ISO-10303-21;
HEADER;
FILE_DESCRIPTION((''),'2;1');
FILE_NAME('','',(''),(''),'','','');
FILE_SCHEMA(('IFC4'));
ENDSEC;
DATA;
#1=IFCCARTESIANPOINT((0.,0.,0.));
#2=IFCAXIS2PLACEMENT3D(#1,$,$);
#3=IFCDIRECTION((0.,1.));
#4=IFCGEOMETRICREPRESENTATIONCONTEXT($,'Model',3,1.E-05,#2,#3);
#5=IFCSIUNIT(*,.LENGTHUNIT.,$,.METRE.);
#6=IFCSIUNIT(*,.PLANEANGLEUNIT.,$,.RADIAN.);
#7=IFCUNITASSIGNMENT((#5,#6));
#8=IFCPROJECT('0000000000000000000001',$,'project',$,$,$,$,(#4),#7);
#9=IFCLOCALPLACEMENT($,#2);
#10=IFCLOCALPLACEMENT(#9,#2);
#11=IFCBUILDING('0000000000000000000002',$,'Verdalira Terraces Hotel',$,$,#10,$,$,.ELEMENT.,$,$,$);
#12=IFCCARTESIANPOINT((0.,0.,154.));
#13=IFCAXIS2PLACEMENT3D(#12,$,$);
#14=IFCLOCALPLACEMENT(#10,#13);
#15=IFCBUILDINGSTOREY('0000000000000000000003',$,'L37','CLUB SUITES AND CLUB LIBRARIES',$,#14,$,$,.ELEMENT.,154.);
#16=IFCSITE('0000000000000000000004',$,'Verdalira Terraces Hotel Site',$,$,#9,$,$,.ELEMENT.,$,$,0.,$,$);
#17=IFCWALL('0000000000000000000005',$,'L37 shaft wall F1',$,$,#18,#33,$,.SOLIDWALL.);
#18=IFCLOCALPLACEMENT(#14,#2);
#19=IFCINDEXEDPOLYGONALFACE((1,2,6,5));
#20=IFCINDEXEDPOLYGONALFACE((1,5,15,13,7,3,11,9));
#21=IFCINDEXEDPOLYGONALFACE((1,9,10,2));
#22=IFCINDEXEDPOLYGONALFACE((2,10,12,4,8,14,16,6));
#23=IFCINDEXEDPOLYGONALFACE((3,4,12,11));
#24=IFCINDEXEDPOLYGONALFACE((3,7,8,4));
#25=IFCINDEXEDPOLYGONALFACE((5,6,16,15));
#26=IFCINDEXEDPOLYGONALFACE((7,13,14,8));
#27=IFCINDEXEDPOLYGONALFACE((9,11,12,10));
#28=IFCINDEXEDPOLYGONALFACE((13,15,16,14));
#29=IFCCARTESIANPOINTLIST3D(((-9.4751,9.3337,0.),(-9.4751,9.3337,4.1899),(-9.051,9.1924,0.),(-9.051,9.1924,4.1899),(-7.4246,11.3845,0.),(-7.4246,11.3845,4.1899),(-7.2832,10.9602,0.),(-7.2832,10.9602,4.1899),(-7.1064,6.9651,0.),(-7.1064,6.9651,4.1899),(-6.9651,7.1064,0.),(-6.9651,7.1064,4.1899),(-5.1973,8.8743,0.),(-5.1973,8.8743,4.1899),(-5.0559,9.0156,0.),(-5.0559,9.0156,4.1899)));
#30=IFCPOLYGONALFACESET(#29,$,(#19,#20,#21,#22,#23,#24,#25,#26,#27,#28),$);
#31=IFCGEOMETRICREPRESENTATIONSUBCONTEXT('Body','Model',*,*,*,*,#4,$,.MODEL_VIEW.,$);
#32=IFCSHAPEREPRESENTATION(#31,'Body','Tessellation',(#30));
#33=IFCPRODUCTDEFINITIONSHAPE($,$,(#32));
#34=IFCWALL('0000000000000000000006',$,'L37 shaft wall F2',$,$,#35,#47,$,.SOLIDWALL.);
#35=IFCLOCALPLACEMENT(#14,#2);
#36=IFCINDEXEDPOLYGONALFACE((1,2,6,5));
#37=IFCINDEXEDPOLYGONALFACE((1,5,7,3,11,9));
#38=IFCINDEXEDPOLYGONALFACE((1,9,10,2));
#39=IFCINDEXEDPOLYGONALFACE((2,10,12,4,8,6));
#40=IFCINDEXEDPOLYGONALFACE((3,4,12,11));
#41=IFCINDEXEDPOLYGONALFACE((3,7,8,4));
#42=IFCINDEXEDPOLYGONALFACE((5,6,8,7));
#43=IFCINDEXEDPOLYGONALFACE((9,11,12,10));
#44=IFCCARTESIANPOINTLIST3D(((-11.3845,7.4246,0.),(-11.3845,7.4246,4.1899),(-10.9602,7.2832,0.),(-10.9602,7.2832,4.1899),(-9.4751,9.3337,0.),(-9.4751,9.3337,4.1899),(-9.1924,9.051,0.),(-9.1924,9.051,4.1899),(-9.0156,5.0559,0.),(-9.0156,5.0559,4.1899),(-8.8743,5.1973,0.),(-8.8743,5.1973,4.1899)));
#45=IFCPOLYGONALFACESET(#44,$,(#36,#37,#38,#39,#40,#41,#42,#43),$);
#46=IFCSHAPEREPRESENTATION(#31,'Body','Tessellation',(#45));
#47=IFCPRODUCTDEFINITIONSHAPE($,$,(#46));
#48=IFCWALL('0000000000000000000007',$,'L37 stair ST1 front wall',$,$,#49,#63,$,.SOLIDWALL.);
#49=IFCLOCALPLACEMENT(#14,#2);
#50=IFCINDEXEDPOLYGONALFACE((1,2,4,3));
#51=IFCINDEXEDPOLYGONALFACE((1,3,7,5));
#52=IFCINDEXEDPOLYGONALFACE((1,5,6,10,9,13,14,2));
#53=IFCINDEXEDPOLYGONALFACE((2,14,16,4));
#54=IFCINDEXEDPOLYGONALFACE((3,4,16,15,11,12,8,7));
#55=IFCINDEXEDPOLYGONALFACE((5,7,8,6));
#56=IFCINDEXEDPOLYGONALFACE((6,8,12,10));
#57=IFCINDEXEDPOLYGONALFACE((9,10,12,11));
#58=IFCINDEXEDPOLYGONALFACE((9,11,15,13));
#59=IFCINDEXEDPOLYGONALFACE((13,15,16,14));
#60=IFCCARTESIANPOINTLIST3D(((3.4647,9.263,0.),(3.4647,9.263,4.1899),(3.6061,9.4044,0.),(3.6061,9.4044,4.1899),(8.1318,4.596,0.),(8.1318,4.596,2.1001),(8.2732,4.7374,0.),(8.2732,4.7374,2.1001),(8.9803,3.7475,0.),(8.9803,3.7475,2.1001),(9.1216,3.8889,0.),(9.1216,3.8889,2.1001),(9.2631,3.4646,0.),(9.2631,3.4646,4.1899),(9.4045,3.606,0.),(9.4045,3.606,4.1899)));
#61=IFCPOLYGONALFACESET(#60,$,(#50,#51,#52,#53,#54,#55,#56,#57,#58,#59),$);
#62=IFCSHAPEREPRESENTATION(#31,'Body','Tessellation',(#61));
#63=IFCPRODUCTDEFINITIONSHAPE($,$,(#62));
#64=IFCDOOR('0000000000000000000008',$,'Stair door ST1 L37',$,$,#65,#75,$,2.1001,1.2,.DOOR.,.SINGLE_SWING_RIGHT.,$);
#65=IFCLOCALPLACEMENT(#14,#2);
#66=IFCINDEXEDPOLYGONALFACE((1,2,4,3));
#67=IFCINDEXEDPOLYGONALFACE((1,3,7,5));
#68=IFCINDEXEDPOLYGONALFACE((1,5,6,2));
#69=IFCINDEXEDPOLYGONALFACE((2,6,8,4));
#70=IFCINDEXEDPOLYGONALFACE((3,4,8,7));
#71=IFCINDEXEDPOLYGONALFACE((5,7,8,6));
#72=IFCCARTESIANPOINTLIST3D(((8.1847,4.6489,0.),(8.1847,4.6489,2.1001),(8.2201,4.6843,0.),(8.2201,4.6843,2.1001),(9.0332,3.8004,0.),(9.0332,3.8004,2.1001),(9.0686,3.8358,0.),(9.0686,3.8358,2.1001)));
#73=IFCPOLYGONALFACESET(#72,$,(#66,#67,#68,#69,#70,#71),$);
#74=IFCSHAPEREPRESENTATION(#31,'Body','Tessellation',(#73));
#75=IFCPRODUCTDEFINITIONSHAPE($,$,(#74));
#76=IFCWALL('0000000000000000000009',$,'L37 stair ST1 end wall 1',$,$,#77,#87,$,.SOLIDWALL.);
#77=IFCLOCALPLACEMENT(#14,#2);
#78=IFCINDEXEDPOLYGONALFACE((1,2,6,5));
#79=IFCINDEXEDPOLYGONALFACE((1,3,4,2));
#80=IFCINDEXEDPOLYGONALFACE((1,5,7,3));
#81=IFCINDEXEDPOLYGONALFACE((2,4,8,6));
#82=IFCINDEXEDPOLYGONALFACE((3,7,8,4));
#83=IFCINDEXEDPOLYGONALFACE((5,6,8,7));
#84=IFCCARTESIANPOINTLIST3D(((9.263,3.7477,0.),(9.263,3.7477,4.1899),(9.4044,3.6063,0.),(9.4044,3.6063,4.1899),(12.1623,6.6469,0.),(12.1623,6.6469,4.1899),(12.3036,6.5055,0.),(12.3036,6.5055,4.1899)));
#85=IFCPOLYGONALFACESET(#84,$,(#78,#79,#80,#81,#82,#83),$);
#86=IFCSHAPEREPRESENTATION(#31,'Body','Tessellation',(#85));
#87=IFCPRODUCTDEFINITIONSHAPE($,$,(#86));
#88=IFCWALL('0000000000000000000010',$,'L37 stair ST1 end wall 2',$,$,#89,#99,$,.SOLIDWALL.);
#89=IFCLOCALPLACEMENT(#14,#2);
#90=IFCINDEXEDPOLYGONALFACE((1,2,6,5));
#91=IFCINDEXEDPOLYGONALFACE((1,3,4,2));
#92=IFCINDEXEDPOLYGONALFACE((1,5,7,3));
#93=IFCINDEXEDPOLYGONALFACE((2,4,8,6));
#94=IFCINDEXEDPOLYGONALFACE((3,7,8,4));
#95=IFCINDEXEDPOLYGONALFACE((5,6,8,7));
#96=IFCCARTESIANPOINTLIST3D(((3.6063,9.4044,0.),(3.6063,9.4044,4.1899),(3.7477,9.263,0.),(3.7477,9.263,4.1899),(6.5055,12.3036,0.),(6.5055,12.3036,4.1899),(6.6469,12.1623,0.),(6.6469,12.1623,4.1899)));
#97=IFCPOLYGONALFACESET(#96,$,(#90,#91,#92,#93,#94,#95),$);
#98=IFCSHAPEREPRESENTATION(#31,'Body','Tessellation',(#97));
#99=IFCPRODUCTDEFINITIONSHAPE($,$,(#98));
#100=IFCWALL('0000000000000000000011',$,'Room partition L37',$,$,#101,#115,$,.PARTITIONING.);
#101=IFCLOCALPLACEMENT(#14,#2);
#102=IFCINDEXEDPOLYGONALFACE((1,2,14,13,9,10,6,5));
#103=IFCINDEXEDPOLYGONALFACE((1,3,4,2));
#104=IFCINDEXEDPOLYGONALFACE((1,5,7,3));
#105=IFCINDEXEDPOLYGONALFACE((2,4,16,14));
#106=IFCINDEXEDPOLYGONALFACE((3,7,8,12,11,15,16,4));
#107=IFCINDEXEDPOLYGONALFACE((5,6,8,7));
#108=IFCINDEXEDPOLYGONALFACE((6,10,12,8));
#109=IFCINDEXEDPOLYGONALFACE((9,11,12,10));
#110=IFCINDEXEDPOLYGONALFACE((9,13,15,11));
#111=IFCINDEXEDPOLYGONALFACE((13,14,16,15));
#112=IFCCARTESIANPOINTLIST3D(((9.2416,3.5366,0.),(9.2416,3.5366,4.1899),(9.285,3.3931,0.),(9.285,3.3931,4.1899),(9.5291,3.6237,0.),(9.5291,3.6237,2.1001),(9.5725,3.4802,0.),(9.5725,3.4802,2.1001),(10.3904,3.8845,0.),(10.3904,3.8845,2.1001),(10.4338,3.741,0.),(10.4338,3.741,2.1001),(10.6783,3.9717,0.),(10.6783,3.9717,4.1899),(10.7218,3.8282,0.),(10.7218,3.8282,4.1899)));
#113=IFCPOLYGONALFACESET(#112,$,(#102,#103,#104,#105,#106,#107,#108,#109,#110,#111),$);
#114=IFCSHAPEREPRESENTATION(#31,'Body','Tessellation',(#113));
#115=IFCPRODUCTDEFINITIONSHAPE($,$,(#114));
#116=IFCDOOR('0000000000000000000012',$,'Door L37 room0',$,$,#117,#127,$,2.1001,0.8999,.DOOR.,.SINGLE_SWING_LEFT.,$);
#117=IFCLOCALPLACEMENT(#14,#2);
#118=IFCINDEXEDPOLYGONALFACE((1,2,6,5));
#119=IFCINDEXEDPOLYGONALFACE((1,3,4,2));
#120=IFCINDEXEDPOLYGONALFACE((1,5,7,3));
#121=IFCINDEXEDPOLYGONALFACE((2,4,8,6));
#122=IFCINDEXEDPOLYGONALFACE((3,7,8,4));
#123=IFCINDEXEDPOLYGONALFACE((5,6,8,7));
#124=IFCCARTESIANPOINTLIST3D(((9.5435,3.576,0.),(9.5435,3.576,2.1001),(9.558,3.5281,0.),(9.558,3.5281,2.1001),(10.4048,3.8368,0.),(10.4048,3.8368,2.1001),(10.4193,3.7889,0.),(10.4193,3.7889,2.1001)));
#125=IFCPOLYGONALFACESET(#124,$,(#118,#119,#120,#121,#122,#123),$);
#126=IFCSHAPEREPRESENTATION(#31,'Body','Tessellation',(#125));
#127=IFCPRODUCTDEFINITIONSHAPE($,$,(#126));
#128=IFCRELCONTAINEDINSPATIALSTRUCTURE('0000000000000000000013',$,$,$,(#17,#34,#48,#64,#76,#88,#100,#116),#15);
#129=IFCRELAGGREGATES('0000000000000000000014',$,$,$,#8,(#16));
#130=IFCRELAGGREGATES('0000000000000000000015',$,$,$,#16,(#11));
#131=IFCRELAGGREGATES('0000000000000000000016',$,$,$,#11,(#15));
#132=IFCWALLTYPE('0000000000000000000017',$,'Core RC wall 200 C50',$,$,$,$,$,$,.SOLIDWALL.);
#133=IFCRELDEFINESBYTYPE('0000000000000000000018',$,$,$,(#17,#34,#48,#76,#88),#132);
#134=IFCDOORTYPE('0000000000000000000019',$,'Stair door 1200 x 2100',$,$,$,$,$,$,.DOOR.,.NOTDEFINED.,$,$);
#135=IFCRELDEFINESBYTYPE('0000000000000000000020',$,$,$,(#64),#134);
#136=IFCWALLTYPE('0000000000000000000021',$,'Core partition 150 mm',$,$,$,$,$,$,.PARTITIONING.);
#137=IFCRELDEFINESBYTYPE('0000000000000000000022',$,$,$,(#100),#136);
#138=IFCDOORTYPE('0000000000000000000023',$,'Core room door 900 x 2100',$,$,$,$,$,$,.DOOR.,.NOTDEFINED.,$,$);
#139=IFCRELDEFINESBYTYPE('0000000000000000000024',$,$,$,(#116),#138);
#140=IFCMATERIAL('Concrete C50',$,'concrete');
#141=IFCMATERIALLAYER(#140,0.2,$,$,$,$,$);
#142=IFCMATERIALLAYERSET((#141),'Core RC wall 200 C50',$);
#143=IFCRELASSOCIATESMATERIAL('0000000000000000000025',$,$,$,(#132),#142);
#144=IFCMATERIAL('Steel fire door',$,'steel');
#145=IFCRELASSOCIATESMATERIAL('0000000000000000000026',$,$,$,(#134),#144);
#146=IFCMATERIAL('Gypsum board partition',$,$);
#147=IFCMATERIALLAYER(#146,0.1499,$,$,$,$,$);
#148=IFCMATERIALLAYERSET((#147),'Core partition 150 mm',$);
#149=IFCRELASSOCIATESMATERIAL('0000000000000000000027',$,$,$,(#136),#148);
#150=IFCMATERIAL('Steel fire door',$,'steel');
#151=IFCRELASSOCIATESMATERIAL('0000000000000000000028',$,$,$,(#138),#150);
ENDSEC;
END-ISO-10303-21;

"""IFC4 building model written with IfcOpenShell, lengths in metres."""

from ifc_helpers import new_model, si_unit, direction, frame, frame_2d, origin, place, context, subcontext, project, spatial, polyline, rectangle, outline, extrude, material, layer, layer_set, type_object, element, fill, save


model = new_model("IFC4")

# Units and contexts
model_context = context("Model", 3, precision=1e-05, world=origin(), true_north=direction((0.0, 1.0)))
body_context = subcontext(model_context, "Body", "Model", "MODEL_VIEW")
ifc_project = project(units=[si_unit("LENGTHUNIT", "METRE"), si_unit("PLANEANGLEUNIT", "RADIAN")], contexts=[model_context])

# Site, building, storey
site_placement = place(None, origin())
site = spatial("IfcSite", under=ifc_project, at=site_placement, Name="Verdalira Terraces Hotel Site", CompositionType="ELEMENT", RefElevation=0.0)
building_placement = place(site_placement, origin())
building = spatial("IfcBuilding", under=site, at=building_placement, Name="Verdalira Terraces Hotel", CompositionType="ELEMENT")
storey_placement = place(building_placement, frame((0.0, 0.0, 154.0)))
storey = spatial("IfcBuildingStorey", under=building, at=storey_placement, Name="L37", Description="CLUB SUITES AND CLUB LIBRARIES", CompositionType="ELEMENT", Elevation=154.0)

# Shared definitions
ifc_material_1 = material(Name="Concrete C50", Category="concrete")
ifc_layer_1 = layer(ifc_material_1, 0.2)
ifc_layer_set_1 = layer_set([ifc_layer_1], Name="Core RC wall 200 C50")
wall_type_1 = type_object("IfcWallType", Name="Core RC wall 200 C50", PredefinedType="SOLIDWALL", material=ifc_layer_set_1)

# Walls
wall_1_placement = place(storey_placement, origin())
element("IfcWall", 1, at=wall_1_placement, inside=storey, type_object=wall_type_1, Name="L37 shaft wall F1", PredefinedType="SOLIDWALL", context=body_context, shape_type="SweptSolid", body=[
    extrude(outline(polyline([(-9.4751, 9.3337), (-7.4246, 11.3845), (-5.0559, 9.0156), (-5.1973, 8.8743), (-7.2832, 10.9602), (-9.051, 9.1924), (-6.9651, 7.1064), (-7.1064, 6.9651), (-9.4751, 9.3337)])), origin(), (0.0, 0.0, 1.0), 4.1899),
])
wall_2_placement = place(storey_placement, origin())
element("IfcWall", 2, at=wall_2_placement, inside=storey, type_object=wall_type_1, Name="L37 shaft wall F2", PredefinedType="SOLIDWALL", context=body_context, shape_type="SweptSolid", body=[
    extrude(outline(polyline([(-11.3845, 7.4246), (-9.4751, 9.3337), (-9.1924, 9.051), (-10.9602, 7.2832), (-8.8743, 5.1973), (-9.0156, 5.0559), (-11.3845, 7.4246)])), origin(), (0.0, 0.0, 1.0), 4.1899),
])

# Wall, opening, door
wall_3_placement = place(storey_placement, frame((3.5354, 9.3337, 0.0), z_axis=(0.0, 0.0, 1.0), x_axis=(0.707107, -0.707107, 0.0)))
wall_3 = element("IfcWall", 3, at=wall_3_placement, inside=storey, type_object=wall_type_1, Name="L37 stair ST1 front wall", PredefinedType="SOLIDWALL", context=body_context, shape_type="SweptSolid", body=[
    extrude(rectangle(XDim=8.2002, YDim=0.2, at=frame_2d((4.1001, 0.0))), origin(), (0.0, 0.0, 1.0), 4.1899),
])
opening_1_placement = place(wall_3_placement, frame((6.6001, 0.0, 0.0)))
opening_1 = element("IfcOpeningElement", 4, at=opening_1_placement, cuts=wall_3, PredefinedType="OPENING", context=body_context, shape_type="SweptSolid", body=[
    extrude(rectangle(XDim=1.2, YDim=2.1001, at=frame_2d((0.6001, 1.05))), frame((0.0, 0.1099, 0.0), z_axis=(0.0, -1.0, 0.0), x_axis=(1.0, 0.0, 0.0)), (0.0, 0.0, 1.0), 0.22),
])
ifc_material_2 = material(Name="Steel fire door", Category="steel")
door_type_1 = type_object("IfcDoorType", Name="Stair door 1200 x 2100", OperationType="NOTDEFINED", PredefinedType="DOOR", material=ifc_material_2)
door_1_placement = place(opening_1_placement, origin())
door_1 = element("IfcDoor", 5, at=door_1_placement, inside=storey, type_object=door_type_1, Name="Stair door ST1 L37", OperationType="SINGLE_SWING_RIGHT", OverallHeight=2.1001, OverallWidth=1.2, PredefinedType="DOOR", context=body_context, shape_type="SweptSolid", body=[
    extrude(rectangle(XDim=1.2, YDim=2.1001, at=frame_2d((0.6001, 1.05))), frame((0.0, 0.0249, 0.0), z_axis=(0.0, -1.0, 0.0), x_axis=(1.0, 0.0, 0.0)), (0.0, 0.0, 1.0), 0.05),
])
fill(opening_1, door_1)

# Walls
for number, where, z_axis, x_axis, name in (
    (6, (9.3337, 3.677, 0.0), (0.0, 0.0, 1.0), (0.707107, 0.707107, 0.0), "L37 stair ST1 end wall 1"),
    (7, (3.677, 9.3337, 0.0), (0.0, 0.0, 1.0), (0.707107, 0.707107, 0.0), "L37 stair ST1 end wall 2"),
):
    element("IfcWall", number, at=place(storey_placement, frame(where, z_axis=z_axis, x_axis=x_axis)), inside=storey, type_object=wall_type_1, Name=name, PredefinedType="SOLIDWALL", context=body_context, shape_type="SweptSolid", body=[
        extrude(rectangle(XDim=4.1001, YDim=0.2, at=frame_2d((2.05, 0.0))), origin(), (0.0, 0.0, 1.0), 4.1899),
    ])

# Wall, opening, door
ifc_material_3 = material(Name="Gypsum board partition")
ifc_layer_2 = layer(ifc_material_3, 0.1499)
ifc_layer_set_2 = layer_set([ifc_layer_2], Name="Core partition 150 mm")
wall_type_2 = type_object("IfcWallType", Name="Core partition 150 mm", PredefinedType="PARTITIONING", material=ifc_layer_set_2)
wall_4_placement = place(storey_placement, frame((10.7, 3.8999, 0.0), z_axis=(0.0, 0.0, 1.0), x_axis=(-0.957085, -0.289809, 0.0)))
wall_4 = element("IfcWall", 8, at=wall_4_placement, inside=storey, type_object=wall_type_2, Name="Room partition L37", PredefinedType="PARTITIONING", context=body_context, shape_type="SweptSolid", body=[
    extrude(rectangle(XDim=1.5012, YDim=0.1499, at=frame_2d((0.7505, 0.0))), origin(), (0.0, 0.0, 1.0), 4.1899),
])
opening_2_placement = place(wall_4_placement, frame((0.3008, 0.0, 0.0)))
opening_2 = element("IfcOpeningElement", 9, at=opening_2_placement, cuts=wall_4, PredefinedType="OPENING", context=body_context, shape_type="SweptSolid", body=[
    extrude(rectangle(XDim=0.8999, YDim=2.1001, at=frame_2d((0.45, 1.05))), frame((0.0, 0.085, 0.0), z_axis=(0.0, -1.0, 0.0), x_axis=(1.0, 0.0, 0.0)), (0.0, 0.0, 1.0), 0.1699),
])
ifc_material_4 = material(Name="Steel fire door", Category="steel")
door_type_2 = type_object("IfcDoorType", Name="Core room door 900 x 2100", OperationType="NOTDEFINED", PredefinedType="DOOR", material=ifc_material_4)
door_2_placement = place(opening_2_placement, origin())
door_2 = element("IfcDoor", 10, at=door_2_placement, inside=storey, type_object=door_type_2, Name="Door L37 room0", OperationType="SINGLE_SWING_LEFT", OverallHeight=2.1001, OverallWidth=0.8999, PredefinedType="DOOR", context=body_context, shape_type="SweptSolid", body=[
    extrude(rectangle(XDim=0.8999, YDim=2.1001, at=frame_2d((0.45, 1.05))), frame((0.0, 0.0249, 0.0), z_axis=(0.0, -1.0, 0.0), x_axis=(1.0, 0.0, 0.0)), (0.0, 0.0, 1.0), 0.05),
])
fill(opening_2, door_2)

save(model, "model.ifc")
